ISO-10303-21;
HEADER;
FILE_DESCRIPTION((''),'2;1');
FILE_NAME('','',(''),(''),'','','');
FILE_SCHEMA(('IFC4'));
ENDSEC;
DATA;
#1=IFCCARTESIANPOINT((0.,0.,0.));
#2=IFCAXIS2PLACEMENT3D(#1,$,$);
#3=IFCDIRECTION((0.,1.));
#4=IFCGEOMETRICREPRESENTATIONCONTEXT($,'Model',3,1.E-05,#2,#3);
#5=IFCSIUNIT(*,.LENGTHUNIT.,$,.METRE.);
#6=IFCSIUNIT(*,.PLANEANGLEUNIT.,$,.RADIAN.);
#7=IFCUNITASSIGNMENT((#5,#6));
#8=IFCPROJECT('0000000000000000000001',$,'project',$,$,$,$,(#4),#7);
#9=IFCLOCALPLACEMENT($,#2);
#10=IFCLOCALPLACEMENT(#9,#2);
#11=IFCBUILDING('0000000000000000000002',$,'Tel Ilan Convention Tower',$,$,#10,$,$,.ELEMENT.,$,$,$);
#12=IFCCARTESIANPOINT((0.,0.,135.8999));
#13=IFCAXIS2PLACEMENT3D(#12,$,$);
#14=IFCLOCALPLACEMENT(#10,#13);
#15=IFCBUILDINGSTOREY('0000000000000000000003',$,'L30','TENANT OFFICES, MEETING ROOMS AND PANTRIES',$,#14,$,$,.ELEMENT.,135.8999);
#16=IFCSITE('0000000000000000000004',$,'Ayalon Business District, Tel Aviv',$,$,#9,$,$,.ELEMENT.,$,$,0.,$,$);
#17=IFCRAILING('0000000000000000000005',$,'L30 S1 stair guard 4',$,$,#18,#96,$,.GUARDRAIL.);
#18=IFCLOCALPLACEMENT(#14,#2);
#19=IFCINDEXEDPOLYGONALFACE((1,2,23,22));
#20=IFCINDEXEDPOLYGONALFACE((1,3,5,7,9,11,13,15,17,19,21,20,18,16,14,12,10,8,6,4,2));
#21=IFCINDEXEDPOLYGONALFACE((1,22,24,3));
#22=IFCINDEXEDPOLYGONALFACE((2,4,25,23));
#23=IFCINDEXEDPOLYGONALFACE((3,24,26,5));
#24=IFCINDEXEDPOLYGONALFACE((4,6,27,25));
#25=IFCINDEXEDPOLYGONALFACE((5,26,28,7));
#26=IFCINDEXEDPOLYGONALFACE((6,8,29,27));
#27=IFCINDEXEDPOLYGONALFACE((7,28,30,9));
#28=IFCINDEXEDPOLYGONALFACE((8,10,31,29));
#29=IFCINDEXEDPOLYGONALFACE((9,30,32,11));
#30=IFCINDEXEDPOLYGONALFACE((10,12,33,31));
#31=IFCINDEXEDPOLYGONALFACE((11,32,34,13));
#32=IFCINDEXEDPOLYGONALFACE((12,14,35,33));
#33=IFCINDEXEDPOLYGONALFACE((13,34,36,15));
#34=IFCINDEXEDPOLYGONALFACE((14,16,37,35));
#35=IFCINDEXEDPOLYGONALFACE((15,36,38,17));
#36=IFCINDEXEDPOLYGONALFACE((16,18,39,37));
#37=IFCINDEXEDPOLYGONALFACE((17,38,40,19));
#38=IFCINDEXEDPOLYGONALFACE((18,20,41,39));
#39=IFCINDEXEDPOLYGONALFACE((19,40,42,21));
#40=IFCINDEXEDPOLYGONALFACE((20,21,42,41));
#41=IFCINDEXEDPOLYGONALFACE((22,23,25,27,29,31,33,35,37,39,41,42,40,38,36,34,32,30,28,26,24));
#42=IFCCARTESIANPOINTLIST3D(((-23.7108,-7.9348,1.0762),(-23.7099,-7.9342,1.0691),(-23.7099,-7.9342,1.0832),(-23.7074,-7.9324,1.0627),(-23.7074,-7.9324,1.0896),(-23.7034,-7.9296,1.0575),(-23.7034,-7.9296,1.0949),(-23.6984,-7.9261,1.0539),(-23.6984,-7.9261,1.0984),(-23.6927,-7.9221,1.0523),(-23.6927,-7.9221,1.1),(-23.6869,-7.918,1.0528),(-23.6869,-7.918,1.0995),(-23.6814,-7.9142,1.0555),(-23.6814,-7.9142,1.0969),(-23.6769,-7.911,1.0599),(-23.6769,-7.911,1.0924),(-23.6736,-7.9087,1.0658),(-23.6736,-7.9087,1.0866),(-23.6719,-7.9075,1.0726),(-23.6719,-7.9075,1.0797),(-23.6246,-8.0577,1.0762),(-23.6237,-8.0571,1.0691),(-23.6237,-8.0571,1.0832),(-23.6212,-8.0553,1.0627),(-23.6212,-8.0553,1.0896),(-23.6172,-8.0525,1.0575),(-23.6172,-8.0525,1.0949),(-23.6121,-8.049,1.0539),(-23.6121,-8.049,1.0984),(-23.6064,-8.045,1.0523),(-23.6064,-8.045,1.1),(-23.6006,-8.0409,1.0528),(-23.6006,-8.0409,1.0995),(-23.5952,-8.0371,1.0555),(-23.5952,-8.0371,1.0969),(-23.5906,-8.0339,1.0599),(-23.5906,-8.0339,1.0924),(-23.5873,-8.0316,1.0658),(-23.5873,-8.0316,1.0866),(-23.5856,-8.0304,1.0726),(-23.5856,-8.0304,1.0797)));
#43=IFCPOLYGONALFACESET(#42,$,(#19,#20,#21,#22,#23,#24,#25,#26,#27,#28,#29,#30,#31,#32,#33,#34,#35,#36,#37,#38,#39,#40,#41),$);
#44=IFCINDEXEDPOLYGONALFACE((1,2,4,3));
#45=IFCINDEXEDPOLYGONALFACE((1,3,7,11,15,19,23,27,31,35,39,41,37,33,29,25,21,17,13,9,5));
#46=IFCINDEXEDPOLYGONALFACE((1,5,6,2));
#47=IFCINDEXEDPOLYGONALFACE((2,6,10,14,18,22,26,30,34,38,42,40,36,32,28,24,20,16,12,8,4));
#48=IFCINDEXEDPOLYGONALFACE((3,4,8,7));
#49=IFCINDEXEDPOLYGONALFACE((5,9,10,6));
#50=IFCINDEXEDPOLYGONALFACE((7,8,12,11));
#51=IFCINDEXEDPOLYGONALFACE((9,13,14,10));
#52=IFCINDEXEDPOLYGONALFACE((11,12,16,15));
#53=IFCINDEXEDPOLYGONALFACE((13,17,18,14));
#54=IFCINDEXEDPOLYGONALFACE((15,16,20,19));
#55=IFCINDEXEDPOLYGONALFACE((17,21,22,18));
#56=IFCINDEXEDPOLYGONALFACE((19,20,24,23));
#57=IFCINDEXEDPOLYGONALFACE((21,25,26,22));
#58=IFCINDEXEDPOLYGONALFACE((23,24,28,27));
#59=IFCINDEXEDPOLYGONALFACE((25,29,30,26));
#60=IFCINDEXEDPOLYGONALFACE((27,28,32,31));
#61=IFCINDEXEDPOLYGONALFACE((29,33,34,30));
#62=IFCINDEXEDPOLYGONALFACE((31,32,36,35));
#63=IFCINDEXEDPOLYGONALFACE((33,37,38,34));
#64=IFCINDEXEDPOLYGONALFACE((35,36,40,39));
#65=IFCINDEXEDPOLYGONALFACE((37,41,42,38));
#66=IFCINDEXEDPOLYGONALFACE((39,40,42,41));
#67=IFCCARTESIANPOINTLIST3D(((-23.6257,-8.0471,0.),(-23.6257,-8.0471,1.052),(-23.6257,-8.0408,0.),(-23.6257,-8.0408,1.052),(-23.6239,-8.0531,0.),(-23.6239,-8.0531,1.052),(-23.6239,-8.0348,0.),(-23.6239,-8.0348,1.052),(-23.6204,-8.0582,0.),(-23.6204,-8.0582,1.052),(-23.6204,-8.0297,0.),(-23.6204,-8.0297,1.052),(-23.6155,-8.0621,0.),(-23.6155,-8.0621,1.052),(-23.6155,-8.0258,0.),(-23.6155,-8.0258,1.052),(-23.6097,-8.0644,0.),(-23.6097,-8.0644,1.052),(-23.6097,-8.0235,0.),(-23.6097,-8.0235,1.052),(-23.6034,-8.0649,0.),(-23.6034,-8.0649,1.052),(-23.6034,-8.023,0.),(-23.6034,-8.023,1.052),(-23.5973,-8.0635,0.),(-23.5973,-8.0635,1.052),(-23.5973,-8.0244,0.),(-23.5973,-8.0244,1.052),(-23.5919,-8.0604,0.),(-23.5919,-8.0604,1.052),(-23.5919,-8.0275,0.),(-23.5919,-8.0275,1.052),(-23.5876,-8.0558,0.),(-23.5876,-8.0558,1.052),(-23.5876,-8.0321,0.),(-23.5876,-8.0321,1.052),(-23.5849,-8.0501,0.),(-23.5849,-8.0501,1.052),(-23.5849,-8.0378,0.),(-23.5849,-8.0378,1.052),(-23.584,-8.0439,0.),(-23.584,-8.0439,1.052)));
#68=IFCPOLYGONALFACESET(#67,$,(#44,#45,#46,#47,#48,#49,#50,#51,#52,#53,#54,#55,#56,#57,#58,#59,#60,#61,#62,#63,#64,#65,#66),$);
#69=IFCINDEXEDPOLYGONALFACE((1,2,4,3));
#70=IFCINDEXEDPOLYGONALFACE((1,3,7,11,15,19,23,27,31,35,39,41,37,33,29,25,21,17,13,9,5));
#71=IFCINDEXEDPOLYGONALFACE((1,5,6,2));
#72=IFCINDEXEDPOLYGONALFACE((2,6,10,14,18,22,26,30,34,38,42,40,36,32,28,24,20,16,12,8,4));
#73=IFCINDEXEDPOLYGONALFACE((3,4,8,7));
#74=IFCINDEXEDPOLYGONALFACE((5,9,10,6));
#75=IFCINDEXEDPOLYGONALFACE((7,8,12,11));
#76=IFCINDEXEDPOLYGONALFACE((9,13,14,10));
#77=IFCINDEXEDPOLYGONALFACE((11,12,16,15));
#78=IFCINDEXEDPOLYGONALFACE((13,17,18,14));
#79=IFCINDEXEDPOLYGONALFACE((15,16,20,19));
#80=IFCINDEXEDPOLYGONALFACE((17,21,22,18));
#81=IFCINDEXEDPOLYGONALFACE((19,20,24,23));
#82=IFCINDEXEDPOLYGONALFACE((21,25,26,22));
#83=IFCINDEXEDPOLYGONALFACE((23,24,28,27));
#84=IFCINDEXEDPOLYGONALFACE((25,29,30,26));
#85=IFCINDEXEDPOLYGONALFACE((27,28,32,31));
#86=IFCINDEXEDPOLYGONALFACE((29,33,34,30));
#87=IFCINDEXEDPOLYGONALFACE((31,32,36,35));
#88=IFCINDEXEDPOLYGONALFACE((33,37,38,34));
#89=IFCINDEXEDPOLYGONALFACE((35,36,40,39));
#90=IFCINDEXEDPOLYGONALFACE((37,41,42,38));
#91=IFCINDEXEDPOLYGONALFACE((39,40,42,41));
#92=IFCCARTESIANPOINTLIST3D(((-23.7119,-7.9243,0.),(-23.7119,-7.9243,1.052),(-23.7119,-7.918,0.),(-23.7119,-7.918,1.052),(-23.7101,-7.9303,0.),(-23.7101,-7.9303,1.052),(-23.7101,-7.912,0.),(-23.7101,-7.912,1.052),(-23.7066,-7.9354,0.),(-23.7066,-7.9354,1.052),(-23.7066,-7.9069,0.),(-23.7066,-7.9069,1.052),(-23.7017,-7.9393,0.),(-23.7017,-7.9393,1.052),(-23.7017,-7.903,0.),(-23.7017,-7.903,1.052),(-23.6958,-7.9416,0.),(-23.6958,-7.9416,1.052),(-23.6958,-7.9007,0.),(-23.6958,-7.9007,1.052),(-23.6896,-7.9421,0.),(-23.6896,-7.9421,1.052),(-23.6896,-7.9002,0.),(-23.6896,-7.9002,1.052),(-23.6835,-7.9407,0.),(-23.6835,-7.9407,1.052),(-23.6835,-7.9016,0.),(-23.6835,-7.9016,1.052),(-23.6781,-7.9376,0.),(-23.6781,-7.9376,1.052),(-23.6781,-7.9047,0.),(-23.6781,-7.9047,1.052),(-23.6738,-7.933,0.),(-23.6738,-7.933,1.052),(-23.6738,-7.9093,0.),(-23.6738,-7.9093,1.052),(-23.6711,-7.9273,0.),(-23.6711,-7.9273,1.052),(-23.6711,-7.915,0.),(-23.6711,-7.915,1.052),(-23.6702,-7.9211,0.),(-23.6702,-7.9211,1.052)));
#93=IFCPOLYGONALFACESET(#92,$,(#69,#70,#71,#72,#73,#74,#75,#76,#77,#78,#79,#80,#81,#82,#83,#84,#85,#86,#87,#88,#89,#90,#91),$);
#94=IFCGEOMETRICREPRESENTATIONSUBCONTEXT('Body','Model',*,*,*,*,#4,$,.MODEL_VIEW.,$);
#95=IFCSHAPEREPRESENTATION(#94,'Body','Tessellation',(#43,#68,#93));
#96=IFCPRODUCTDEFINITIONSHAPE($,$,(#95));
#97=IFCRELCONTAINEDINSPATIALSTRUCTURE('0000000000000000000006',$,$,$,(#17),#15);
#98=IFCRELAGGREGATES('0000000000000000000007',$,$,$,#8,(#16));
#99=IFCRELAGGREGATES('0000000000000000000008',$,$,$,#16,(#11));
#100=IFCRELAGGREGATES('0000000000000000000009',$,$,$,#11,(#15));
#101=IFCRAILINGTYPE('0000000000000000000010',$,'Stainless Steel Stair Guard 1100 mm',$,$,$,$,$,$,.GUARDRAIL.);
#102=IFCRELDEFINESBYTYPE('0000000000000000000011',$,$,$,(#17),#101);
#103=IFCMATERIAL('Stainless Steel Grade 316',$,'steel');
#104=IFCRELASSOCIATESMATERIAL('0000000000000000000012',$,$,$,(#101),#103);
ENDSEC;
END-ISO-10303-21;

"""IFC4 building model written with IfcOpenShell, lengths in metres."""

from ifc_helpers import new_model, si_unit, direction, frame, origin, origin_2d, place, context, subcontext, project, spatial, circle, extrude, material, type_object, element, save


model = new_model("IFC4")

# Units and contexts
model_context = context("Model", 3, precision=1e-05, world=origin(), true_north=direction((0.0, 1.0)))
body_context = subcontext(model_context, "Body", "Model", "MODEL_VIEW")
ifc_project = project(units=[si_unit("LENGTHUNIT", "METRE"), si_unit("PLANEANGLEUNIT", "RADIAN")], contexts=[model_context])

# Site, building, storey
site_placement = place(None, origin())
site = spatial("IfcSite", under=ifc_project, at=site_placement, Name="Ayalon Business District, Tel Aviv", CompositionType="ELEMENT", RefElevation=0.0)
building_placement = place(site_placement, origin())
building = spatial("IfcBuilding", under=site, at=building_placement, Name="Tel Ilan Convention Tower", CompositionType="ELEMENT")
storey_placement = place(building_placement, frame((0.0, 0.0, 135.8999)))
storey = spatial("IfcBuildingStorey", under=building, at=storey_placement, Name="L30", Description="TENANT OFFICES, MEETING ROOMS AND PANTRIES", CompositionType="ELEMENT", Elevation=135.8999)

# Railing
ifc_material_1 = material(Name="Stainless Steel Grade 316", Category="steel")
railing_type = type_object("IfcRailingType", Name="Stainless Steel Stair Guard 1100 mm", PredefinedType="GUARDRAIL", material=ifc_material_1)
railing_placement = place(storey_placement, frame((-23.605, -8.0439, 0.0)))
element("IfcRailing", 1, at=railing_placement, inside=storey, type_object=railing_type, Name="L30 S1 stair guard 4", PredefinedType="GUARDRAIL", context=body_context, shape_type="SweptSolid", body=[
    extrude(circle(Radius=0.0239, at=origin_2d()), frame((0.0, 0.0, 1.0762), z_axis=(-0.574445, 0.818543, 0.0), x_axis=(-0.818543, -0.574445, 0.0)), (0.0, 0.0, 1.0), 0.1501),
    extrude(circle(Radius=0.021, at=origin_2d()), origin(), (0.0, 0.0, 1.0), 1.052),
    extrude(circle(Radius=0.021, at=origin_2d()), frame((-0.0862, 0.1228, 0.0)), (0.0, 0.0, 1.0), 1.052),
])

save(model, "model.ifc")
